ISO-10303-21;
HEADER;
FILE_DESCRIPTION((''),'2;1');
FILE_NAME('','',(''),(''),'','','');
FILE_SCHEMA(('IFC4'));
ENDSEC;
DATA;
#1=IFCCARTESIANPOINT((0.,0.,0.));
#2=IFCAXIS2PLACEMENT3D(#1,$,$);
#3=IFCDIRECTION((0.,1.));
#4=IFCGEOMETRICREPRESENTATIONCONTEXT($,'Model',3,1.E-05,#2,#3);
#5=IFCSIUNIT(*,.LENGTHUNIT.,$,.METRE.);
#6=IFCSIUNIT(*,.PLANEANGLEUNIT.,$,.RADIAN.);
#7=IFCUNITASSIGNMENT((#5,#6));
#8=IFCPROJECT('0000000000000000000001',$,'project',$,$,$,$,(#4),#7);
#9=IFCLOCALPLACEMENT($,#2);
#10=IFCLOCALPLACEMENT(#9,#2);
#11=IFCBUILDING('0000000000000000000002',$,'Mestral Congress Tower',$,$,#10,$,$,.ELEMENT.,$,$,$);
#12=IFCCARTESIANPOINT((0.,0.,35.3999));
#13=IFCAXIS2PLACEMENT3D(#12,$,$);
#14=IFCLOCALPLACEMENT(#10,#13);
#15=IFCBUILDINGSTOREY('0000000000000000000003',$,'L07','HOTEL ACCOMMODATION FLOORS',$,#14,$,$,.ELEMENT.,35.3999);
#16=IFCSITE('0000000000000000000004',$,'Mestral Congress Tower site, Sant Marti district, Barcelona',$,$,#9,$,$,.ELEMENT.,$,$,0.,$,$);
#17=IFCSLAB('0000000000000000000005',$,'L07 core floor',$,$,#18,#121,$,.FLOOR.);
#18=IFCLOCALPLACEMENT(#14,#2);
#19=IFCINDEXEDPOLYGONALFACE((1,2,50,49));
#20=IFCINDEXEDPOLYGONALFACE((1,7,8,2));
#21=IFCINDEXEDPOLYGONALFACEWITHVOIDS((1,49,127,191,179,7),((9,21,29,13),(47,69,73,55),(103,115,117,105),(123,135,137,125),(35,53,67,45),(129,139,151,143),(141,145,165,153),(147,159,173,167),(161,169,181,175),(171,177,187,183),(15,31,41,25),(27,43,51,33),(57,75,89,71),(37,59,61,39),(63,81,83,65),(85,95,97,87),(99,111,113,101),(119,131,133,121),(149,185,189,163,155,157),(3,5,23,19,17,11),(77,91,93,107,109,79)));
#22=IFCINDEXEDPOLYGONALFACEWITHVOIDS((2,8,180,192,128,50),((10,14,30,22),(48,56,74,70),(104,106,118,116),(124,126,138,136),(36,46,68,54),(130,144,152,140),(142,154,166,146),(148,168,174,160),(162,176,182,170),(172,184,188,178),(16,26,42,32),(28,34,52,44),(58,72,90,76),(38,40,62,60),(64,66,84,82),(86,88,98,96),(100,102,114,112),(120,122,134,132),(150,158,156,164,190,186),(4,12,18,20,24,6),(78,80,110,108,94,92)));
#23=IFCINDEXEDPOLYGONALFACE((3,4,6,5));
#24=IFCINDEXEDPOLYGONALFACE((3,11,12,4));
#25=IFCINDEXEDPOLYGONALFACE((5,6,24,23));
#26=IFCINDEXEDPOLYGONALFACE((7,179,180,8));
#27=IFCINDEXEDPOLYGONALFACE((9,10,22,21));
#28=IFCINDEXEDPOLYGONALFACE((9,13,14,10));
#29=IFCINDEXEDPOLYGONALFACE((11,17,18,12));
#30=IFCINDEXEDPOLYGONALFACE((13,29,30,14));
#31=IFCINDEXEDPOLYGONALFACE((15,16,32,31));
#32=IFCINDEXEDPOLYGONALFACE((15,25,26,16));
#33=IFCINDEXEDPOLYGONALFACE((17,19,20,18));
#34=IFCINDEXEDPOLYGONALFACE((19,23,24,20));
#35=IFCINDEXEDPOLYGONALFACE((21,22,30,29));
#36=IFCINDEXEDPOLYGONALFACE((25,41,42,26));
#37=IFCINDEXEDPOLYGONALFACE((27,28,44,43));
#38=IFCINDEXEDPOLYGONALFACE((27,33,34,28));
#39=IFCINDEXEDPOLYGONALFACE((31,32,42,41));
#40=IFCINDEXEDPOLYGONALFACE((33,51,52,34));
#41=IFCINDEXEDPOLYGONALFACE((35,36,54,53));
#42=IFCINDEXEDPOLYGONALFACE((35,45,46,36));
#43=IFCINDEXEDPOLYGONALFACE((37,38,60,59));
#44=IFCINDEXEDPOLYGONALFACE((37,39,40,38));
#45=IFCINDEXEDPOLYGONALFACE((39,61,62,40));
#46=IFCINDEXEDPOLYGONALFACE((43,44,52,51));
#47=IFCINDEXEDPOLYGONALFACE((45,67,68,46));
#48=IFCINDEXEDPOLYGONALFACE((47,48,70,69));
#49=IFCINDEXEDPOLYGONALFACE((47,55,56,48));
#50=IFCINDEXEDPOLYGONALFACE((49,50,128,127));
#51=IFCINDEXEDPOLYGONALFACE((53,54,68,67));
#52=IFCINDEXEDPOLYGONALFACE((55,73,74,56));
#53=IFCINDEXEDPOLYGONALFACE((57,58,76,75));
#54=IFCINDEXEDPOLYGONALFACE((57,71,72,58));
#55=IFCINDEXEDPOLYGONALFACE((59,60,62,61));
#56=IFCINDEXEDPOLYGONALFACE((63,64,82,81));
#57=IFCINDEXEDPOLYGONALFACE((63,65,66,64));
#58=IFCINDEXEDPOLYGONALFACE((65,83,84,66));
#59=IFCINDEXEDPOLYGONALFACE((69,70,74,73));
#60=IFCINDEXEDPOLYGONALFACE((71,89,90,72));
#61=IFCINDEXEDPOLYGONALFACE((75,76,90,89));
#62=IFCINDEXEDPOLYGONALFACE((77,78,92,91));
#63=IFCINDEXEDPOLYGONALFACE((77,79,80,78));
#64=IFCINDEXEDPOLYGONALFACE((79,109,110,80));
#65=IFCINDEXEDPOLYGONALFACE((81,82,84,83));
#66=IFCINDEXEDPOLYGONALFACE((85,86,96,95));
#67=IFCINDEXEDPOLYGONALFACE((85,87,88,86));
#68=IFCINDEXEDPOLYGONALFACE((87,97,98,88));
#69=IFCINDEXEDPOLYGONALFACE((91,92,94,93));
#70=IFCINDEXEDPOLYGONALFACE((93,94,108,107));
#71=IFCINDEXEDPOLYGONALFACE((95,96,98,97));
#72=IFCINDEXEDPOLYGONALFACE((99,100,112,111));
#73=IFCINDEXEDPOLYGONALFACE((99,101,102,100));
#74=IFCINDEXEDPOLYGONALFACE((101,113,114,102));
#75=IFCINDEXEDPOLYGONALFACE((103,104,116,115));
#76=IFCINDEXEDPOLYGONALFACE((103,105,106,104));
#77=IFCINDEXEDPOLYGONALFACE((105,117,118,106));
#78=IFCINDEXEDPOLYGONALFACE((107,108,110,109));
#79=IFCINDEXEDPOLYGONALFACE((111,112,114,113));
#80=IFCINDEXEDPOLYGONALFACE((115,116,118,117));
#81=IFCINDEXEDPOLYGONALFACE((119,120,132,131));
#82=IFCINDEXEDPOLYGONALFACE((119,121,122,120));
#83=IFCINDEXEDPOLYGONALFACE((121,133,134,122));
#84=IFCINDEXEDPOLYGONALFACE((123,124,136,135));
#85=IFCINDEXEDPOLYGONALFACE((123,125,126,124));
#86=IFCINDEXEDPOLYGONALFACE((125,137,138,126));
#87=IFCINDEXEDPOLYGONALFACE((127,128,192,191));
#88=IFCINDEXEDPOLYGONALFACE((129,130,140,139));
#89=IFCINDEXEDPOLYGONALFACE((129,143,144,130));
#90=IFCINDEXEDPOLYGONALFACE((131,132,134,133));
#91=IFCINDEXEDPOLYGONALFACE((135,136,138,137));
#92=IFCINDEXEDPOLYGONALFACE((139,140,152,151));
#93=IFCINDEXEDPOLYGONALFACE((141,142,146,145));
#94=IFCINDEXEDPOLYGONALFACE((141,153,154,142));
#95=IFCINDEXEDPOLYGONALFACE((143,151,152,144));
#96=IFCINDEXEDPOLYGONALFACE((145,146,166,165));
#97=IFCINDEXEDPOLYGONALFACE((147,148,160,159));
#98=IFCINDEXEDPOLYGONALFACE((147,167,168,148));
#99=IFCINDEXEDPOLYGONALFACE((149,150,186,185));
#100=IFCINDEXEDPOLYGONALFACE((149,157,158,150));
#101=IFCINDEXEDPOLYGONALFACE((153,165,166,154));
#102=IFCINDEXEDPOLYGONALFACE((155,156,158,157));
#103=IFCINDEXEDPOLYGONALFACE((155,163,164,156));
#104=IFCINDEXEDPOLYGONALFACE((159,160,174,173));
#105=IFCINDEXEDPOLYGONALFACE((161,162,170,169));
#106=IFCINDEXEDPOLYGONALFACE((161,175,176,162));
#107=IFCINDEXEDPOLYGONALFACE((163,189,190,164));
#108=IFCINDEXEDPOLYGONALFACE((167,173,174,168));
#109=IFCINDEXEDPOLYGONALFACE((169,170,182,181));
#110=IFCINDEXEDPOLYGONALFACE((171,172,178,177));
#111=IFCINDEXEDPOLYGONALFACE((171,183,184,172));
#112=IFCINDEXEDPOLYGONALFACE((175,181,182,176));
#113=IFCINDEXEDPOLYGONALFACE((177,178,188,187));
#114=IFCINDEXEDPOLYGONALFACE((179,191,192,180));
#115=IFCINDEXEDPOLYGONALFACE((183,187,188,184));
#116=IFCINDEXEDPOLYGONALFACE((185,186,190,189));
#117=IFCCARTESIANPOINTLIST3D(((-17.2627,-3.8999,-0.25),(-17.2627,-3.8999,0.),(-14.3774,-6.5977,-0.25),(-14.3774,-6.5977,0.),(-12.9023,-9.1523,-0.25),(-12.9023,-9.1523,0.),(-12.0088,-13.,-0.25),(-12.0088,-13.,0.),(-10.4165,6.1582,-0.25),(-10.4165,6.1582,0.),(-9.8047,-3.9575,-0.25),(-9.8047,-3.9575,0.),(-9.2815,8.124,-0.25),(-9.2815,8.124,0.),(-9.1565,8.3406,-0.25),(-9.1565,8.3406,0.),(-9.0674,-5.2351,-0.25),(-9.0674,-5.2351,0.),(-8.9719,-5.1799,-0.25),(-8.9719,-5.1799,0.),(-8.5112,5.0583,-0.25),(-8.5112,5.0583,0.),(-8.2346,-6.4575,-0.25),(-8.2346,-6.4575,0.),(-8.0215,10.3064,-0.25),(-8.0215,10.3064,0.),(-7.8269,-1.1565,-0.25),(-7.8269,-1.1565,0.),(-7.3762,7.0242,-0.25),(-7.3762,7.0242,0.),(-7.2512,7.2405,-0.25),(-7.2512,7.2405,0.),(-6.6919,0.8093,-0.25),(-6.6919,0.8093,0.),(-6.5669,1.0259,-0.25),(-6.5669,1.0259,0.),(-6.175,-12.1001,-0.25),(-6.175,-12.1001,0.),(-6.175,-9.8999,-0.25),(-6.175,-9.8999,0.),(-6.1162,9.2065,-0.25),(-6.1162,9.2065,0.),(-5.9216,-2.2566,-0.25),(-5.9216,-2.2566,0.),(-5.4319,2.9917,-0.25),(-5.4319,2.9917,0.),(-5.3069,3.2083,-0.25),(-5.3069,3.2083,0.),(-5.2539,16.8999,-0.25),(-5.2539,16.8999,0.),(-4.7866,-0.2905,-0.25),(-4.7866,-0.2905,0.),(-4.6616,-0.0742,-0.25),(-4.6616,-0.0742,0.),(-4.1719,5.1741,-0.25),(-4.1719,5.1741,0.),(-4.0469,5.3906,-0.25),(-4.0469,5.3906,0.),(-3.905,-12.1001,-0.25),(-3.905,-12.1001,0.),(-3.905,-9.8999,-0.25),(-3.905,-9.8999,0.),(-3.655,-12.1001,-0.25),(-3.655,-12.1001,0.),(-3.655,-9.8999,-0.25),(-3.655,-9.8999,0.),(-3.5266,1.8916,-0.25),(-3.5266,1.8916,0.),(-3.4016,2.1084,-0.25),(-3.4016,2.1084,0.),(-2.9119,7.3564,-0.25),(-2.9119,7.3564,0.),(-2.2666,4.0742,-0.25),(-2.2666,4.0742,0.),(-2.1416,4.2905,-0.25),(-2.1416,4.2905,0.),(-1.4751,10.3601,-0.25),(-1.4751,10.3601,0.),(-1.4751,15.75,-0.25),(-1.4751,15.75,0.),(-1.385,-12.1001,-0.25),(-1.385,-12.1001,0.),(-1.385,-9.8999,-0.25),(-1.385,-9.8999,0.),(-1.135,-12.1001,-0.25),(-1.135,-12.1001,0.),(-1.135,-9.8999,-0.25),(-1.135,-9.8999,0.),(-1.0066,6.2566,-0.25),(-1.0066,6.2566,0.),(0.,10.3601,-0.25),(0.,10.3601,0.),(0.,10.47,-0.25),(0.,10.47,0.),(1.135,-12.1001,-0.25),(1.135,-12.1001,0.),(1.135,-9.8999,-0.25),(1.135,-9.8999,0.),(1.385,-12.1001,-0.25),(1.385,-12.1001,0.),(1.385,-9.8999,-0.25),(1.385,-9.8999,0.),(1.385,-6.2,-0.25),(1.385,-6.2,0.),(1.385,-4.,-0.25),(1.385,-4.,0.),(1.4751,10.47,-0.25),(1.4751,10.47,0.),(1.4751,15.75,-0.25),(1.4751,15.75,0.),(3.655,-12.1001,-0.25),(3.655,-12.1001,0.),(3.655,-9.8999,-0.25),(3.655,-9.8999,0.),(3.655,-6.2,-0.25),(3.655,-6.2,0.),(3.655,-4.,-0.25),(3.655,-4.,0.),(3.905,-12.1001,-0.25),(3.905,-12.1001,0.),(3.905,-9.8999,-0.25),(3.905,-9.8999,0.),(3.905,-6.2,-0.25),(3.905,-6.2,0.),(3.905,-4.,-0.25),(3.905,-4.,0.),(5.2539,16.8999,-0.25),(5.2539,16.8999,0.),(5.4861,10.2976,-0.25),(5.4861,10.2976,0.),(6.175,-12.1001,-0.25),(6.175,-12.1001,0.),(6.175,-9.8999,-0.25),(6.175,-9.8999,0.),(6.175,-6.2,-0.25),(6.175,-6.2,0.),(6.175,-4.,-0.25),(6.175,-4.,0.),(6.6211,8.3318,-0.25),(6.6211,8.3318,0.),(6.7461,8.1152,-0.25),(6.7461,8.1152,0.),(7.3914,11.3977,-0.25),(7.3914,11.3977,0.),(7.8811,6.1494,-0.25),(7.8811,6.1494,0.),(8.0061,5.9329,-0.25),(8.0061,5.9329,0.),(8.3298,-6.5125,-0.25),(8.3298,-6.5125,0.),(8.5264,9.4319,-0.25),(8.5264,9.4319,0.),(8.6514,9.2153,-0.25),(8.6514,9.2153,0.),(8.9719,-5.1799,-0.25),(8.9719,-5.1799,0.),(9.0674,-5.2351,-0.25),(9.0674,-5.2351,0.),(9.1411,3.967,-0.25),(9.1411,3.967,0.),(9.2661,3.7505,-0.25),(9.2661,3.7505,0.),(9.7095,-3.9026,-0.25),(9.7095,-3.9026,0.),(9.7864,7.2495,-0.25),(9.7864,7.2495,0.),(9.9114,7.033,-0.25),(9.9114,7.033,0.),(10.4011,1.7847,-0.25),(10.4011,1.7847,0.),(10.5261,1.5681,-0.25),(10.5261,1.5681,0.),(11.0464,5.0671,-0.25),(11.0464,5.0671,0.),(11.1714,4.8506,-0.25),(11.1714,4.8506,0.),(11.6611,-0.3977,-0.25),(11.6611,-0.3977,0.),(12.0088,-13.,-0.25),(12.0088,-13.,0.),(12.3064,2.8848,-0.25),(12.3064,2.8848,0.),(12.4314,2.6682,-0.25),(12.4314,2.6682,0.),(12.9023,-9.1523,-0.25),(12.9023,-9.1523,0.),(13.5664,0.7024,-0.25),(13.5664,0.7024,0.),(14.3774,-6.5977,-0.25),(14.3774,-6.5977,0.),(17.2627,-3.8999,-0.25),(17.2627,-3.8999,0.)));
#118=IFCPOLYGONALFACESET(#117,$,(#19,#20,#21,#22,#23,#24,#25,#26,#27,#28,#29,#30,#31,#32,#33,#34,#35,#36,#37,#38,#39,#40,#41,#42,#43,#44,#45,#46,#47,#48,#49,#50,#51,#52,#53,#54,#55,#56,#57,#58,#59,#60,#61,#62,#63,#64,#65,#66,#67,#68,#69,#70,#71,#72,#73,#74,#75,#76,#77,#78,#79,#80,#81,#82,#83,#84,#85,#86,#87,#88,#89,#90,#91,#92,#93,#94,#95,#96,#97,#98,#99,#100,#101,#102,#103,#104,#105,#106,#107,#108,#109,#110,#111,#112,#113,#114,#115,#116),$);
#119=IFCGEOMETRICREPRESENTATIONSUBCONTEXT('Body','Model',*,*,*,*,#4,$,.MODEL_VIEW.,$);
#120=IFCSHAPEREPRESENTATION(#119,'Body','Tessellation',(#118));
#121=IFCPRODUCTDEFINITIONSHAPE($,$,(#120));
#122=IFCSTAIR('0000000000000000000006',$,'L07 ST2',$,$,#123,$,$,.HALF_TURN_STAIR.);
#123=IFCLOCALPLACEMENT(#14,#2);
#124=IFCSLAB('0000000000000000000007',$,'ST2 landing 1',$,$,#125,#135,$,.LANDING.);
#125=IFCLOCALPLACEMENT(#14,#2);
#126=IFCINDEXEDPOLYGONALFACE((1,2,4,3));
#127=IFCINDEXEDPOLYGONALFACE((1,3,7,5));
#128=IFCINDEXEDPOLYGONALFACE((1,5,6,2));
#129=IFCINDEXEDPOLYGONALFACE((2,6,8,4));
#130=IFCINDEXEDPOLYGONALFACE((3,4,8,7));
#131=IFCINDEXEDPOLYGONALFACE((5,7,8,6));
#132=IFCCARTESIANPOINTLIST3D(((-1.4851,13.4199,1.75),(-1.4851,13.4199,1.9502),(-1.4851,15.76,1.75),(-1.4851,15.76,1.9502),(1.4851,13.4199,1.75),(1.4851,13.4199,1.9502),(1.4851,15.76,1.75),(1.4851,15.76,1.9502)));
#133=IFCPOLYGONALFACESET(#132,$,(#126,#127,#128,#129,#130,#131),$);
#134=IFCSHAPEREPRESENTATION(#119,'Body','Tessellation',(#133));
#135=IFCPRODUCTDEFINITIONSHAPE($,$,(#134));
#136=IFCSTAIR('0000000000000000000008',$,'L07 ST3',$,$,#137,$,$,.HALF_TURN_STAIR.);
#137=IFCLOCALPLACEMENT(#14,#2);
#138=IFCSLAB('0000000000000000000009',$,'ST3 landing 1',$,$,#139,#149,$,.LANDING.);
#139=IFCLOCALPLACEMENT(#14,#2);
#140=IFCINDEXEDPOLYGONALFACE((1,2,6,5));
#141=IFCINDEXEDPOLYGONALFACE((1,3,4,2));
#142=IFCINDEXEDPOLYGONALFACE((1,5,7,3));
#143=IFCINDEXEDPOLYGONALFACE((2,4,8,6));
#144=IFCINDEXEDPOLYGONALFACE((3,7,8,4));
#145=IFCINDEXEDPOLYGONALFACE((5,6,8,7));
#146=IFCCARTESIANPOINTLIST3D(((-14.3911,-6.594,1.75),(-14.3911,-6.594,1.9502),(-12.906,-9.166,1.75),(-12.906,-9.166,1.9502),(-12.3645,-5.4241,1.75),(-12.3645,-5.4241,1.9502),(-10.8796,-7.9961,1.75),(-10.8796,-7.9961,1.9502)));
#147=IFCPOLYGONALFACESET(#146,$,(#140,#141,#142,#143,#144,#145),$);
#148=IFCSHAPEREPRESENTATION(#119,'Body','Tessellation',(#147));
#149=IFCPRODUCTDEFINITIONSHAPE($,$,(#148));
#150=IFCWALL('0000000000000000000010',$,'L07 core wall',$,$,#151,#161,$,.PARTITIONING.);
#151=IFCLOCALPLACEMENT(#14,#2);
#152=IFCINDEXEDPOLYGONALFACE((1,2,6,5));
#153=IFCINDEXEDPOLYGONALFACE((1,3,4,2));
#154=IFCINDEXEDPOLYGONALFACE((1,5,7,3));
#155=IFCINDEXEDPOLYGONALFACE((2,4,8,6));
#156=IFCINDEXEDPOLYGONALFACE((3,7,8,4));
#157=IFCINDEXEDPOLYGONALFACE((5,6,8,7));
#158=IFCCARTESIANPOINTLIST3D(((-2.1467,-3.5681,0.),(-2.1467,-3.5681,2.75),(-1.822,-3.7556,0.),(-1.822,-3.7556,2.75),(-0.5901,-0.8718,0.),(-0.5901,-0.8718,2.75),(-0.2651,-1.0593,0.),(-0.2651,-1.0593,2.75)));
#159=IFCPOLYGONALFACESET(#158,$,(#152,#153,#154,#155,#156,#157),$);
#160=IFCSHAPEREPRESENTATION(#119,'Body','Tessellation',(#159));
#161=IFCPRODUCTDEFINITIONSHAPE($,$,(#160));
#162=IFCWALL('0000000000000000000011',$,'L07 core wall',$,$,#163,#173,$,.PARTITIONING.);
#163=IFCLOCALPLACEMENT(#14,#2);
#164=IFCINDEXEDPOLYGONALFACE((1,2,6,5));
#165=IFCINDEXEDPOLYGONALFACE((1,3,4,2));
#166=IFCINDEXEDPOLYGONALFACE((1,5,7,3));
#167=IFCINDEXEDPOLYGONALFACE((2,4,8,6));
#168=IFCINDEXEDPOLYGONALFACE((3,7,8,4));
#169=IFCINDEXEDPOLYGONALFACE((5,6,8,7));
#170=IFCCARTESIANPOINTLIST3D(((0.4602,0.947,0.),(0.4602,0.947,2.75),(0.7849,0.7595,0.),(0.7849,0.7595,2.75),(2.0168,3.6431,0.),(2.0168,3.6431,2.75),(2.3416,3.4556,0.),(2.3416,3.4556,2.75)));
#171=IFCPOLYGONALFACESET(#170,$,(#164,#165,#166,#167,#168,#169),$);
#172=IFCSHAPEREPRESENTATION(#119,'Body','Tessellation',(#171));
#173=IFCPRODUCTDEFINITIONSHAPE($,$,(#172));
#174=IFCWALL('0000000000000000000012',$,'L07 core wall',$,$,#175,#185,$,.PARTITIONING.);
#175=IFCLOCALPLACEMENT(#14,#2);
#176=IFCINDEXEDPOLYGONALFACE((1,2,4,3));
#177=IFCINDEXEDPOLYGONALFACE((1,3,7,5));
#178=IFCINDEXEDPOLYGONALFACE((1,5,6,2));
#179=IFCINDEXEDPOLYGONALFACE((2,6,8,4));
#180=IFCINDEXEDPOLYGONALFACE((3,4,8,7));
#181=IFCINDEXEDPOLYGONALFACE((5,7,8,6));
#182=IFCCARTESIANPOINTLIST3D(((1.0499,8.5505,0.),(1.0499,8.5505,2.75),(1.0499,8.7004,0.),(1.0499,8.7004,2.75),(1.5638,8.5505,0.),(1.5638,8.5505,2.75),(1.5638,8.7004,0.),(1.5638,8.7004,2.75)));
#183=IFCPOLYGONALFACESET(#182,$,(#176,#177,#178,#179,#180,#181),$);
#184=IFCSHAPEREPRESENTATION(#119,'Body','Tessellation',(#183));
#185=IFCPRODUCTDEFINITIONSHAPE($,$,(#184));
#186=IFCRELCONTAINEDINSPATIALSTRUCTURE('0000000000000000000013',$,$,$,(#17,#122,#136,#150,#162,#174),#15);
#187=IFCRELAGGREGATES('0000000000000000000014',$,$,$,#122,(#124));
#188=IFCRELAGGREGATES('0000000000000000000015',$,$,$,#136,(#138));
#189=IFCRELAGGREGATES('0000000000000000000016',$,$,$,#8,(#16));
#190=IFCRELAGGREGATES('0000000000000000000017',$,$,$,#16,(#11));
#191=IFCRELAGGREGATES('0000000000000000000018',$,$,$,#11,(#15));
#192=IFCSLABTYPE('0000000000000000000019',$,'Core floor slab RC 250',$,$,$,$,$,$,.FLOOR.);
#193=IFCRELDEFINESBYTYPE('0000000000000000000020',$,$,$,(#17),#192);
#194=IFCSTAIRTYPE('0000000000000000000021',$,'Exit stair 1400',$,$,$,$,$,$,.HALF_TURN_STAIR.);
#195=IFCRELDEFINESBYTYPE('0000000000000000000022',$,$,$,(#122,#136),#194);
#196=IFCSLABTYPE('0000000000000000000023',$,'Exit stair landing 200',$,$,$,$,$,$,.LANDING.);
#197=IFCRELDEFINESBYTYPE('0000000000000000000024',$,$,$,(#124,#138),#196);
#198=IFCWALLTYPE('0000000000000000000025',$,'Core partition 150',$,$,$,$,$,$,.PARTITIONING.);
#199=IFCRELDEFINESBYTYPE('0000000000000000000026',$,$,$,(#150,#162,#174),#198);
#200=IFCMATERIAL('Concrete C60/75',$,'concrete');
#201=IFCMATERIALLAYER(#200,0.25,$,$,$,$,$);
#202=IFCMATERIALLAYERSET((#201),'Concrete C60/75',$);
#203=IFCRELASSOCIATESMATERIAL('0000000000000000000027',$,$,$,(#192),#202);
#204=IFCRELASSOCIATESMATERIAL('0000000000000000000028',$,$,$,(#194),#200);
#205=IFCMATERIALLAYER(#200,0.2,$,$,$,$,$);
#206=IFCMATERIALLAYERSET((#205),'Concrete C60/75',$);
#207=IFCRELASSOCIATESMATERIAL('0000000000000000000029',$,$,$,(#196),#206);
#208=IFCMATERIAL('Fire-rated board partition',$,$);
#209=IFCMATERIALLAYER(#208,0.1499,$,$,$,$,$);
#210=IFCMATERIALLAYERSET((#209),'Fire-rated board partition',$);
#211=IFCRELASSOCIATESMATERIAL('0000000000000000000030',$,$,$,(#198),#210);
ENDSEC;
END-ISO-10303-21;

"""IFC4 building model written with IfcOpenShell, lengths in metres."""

from ifc_helpers import new_model, si_unit, direction, frame, frame_2d, origin, place, context, subcontext, project, spatial, polyline, rectangle, outline, extrude, material, layer, layer_set, type_object, element, aggregate, save


model = new_model("IFC4")

# Units and contexts
model_context = context("Model", 3, precision=1e-05, world=origin(), true_north=direction((0.0, 1.0)))
body_context = subcontext(model_context, "Body", "Model", "MODEL_VIEW")
ifc_project = project(units=[si_unit("LENGTHUNIT", "METRE"), si_unit("PLANEANGLEUNIT", "RADIAN")], contexts=[model_context])

# Site, building, storey
site_placement = place(None, origin())
site = spatial("IfcSite", under=ifc_project, at=site_placement, Name="Mestral Congress Tower site, Sant Marti district, Barcelona", CompositionType="ELEMENT", RefElevation=0.0)
building_placement = place(site_placement, origin())
building = spatial("IfcBuilding", under=site, at=building_placement, Name="Mestral Congress Tower", CompositionType="ELEMENT")
storey_placement = place(building_placement, frame((0.0, 0.0, 35.3999)))
storey = spatial("IfcBuildingStorey", under=building, at=storey_placement, Name="L07", Description="HOTEL ACCOMMODATION FLOORS", CompositionType="ELEMENT", Elevation=35.3999)

# Slab
ifc_material_1 = material(Name="Concrete C60/75", Category="concrete")
ifc_layer_1 = layer(ifc_material_1, 0.25)
ifc_layer_set_1 = layer_set([ifc_layer_1], Name="Concrete C60/75")
slab_type_1 = type_object("IfcSlabType", Name="Core floor slab RC 250", PredefinedType="FLOOR", material=ifc_layer_set_1)
slab_1_placement = place(storey_placement, frame((0.0, 0.0, -0.25)))
element("IfcSlab", 1, at=slab_1_placement, inside=storey, type_object=slab_type_1, Name="L07 core floor", PredefinedType="FLOOR", context=body_context, shape_type="SweptSolid", body=[
    extrude(outline(polyline([(12.0088, -13.0), (-12.0088, -13.0), (-17.2627, -3.8999), (-5.2539, 16.8999), (5.2539, 16.8999), (17.2627, -3.8999), (12.0088, -13.0)]), holes=[polyline([(-3.905, -9.8999), (-6.175, -9.8999), (-6.175, -12.1001), (-3.905, -12.1001), (-3.905, -9.8999)]), polyline([(-1.385, -9.8999), (-3.655, -9.8999), (-3.655, -12.1001), (-1.385, -12.1001), (-1.385, -9.8999)]), polyline([(1.135, -9.8999), (-1.135, -9.8999), (-1.135, -12.1001), (1.135, -12.1001), (1.135, -9.8999)]), polyline([(-9.0674, -5.2351), (-9.8047, -3.9575), (-14.3774, -6.5977), (-12.9023, -9.1523), (-8.2346, -6.4575), (-8.9719, -5.1799), (-9.0674, -5.2351)]), polyline([(-7.8269, -1.1565), (-5.9216, -2.2566), (-4.7866, -0.2905), (-6.6919, 0.8093), (-7.8269, -1.1565)]), polyline([(-4.6616, -0.0742), (-3.5266, 1.8916), (-5.4319, 2.9917), (-6.5669, 1.0259), (-4.6616, -0.0742)]), polyline([(-3.4016, 2.1084), (-2.2666, 4.0742), (-4.1719, 5.1741), (-5.3069, 3.2083), (-3.4016, 2.1084)]), polyline([(-2.1416, 4.2905), (-1.0066, 6.2566), (-2.9119, 7.3564), (-4.0469, 5.3906), (-2.1416, 4.2905)]), polyline([(-10.4165, 6.1582), (-8.5112, 5.0583), (-7.3762, 7.0242), (-9.2815, 8.124), (-10.4165, 6.1582)]), polyline([(-9.1565, 8.3406), (-7.2512, 7.2405), (-6.1162, 9.2065), (-8.0215, 10.3064), (-9.1565, 8.3406)]), polyline([(1.4751, 10.47), (1.4751, 15.75), (-1.4751, 15.75), (-1.4751, 10.3601), (0.0, 10.3601), (0.0, 10.47), (1.4751, 10.47)]), polyline([(3.655, -9.8999), (1.385, -9.8999), (1.385, -12.1001), (3.655, -12.1001), (3.655, -9.8999)]), polyline([(6.175, -9.8999), (3.905, -9.8999), (3.905, -12.1001), (6.175, -12.1001), (6.175, -9.8999)]), polyline([(9.0674, -5.2351), (8.3298, -6.5125), (12.9023, -9.1523), (14.3774, -6.5977), (9.7095, -3.9026), (8.9719, -5.1799), (9.0674, -5.2351)]), polyline([(3.655, -6.2), (3.655, -4.0), (1.385, -4.0), (1.385, -6.2), (3.655, -6.2)]), polyline([(6.175, -4.0), (3.905, -4.0), (3.905, -6.2), (6.175, -6.2), (6.175, -4.0)]), polyline([(12.4314, 2.6682), (10.5261, 1.5681), (11.6611, -0.3977), (13.5664, 0.7024), (12.4314, 2.6682)]), polyline([(11.1714, 4.8506), (9.2661, 3.7505), (10.4011, 1.7847), (12.3064, 2.8848), (11.1714, 4.8506)]), polyline([(8.0061, 5.9329), (9.1411, 3.967), (11.0464, 5.0671), (9.9114, 7.033), (8.0061, 5.9329)]), polyline([(8.6514, 9.2153), (6.7461, 8.1152), (7.8811, 6.1494), (9.7864, 7.2495), (8.6514, 9.2153)]), polyline([(7.3914, 11.3977), (5.4861, 10.2976), (6.6211, 8.3318), (8.5264, 9.4319), (7.3914, 11.3977)])]), origin(), (0.0, 0.0, 1.0), 0.25),
])

# Stairs, slabs
stair_type = type_object("IfcStairType", Name="Exit stair 1400", PredefinedType="HALF_TURN_STAIR", material=ifc_material_1)
placement_1 = place(storey_placement, origin())
stair_1 = element("IfcStair", 2, at=placement_1, inside=storey, type_object=stair_type, Name="L07 ST2", PredefinedType="HALF_TURN_STAIR")
ifc_layer_2 = layer(ifc_material_1, 0.2)
ifc_layer_set_2 = layer_set([ifc_layer_2], Name="Concrete C60/75")
slab_type_2 = type_object("IfcSlabType", Name="Exit stair landing 200", PredefinedType="LANDING", material=ifc_layer_set_2)
placement_2 = place(storey_placement, frame((0.0, 0.0, 1.75)))
slab_2 = element("IfcSlab", 3, at=placement_2, type_object=slab_type_2, Name="ST2 landing 1", PredefinedType="LANDING", context=body_context, shape_type="SweptSolid", body=[
    extrude(outline(polyline([(1.4851, 13.4199), (-1.4851, 13.4199), (-1.4851, 15.76), (1.4851, 15.76), (1.4851, 13.4199)])), origin(), (0.0, 0.0, 1.0), 0.2002),
])
aggregate(stair_1, [slab_2])
stair_2 = element("IfcStair", 4, at=placement_1, inside=storey, type_object=stair_type, Name="L07 ST3", PredefinedType="HALF_TURN_STAIR")
slab_3 = element("IfcSlab", 5, at=placement_2, type_object=slab_type_2, Name="ST3 landing 1", PredefinedType="LANDING", context=body_context, shape_type="SweptSolid", body=[
    extrude(outline(polyline([(-12.3645, -5.4241), (-10.8796, -7.9961), (-12.906, -9.166), (-14.3911, -6.594), (-12.3645, -5.4241)])), origin(), (0.0, 0.0, 1.0), 0.2002),
])
aggregate(stair_2, [slab_3])

# Walls
ifc_material_2 = material(Name="Fire-rated board partition")
ifc_layer_3 = layer(ifc_material_2, 0.1499)
ifc_layer_set_3 = layer_set([ifc_layer_3], Name="Fire-rated board partition")
wall_type_1 = type_object("IfcWallType", Name="Core partition 150", PredefinedType="PARTITIONING", material=ifc_layer_set_3)
element("IfcWall", 6, at=placement_1, inside=storey, type_object=wall_type_1, Name="L07 core wall", PredefinedType="PARTITIONING", context=body_context, shape_type="SweptSolid", body=[
    extrude(outline(polyline([(-0.5901, -0.8718), (-0.2651, -1.0593), (-1.822, -3.7556), (-2.1467, -3.5681), (-0.5901, -0.8718)])), origin(), (0.0, 0.0, 1.0), 2.75),
])
element("IfcWall", 7, at=placement_1, inside=storey, type_object=wall_type_1, Name="L07 core wall", PredefinedType="PARTITIONING", context=body_context, shape_type="SweptSolid", body=[
    extrude(outline(polyline([(2.0168, 3.6431), (2.3416, 3.4556), (0.7849, 0.7595), (0.4602, 0.947), (2.0168, 3.6431)])), origin(), (0.0, 0.0, 1.0), 2.75),
])
wall_1_placement = place(storey_placement, frame((1.05, 8.6255, 0.0), z_axis=(0.0, 0.0, 1.0), x_axis=(1.0, 0.0, 0.0)))
element("IfcWall", 8, at=wall_1_placement, inside=storey, type_object=wall_type_1, Name="L07 core wall", PredefinedType="PARTITIONING", context=body_context, shape_type="SweptSolid", body=[
    extrude(rectangle(XDim=0.5139, YDim=0.1499, at=frame_2d((0.2568, 0.0))), origin(), (0.0, 0.0, 1.0), 2.75),
])

save(model, "model.ifc")
